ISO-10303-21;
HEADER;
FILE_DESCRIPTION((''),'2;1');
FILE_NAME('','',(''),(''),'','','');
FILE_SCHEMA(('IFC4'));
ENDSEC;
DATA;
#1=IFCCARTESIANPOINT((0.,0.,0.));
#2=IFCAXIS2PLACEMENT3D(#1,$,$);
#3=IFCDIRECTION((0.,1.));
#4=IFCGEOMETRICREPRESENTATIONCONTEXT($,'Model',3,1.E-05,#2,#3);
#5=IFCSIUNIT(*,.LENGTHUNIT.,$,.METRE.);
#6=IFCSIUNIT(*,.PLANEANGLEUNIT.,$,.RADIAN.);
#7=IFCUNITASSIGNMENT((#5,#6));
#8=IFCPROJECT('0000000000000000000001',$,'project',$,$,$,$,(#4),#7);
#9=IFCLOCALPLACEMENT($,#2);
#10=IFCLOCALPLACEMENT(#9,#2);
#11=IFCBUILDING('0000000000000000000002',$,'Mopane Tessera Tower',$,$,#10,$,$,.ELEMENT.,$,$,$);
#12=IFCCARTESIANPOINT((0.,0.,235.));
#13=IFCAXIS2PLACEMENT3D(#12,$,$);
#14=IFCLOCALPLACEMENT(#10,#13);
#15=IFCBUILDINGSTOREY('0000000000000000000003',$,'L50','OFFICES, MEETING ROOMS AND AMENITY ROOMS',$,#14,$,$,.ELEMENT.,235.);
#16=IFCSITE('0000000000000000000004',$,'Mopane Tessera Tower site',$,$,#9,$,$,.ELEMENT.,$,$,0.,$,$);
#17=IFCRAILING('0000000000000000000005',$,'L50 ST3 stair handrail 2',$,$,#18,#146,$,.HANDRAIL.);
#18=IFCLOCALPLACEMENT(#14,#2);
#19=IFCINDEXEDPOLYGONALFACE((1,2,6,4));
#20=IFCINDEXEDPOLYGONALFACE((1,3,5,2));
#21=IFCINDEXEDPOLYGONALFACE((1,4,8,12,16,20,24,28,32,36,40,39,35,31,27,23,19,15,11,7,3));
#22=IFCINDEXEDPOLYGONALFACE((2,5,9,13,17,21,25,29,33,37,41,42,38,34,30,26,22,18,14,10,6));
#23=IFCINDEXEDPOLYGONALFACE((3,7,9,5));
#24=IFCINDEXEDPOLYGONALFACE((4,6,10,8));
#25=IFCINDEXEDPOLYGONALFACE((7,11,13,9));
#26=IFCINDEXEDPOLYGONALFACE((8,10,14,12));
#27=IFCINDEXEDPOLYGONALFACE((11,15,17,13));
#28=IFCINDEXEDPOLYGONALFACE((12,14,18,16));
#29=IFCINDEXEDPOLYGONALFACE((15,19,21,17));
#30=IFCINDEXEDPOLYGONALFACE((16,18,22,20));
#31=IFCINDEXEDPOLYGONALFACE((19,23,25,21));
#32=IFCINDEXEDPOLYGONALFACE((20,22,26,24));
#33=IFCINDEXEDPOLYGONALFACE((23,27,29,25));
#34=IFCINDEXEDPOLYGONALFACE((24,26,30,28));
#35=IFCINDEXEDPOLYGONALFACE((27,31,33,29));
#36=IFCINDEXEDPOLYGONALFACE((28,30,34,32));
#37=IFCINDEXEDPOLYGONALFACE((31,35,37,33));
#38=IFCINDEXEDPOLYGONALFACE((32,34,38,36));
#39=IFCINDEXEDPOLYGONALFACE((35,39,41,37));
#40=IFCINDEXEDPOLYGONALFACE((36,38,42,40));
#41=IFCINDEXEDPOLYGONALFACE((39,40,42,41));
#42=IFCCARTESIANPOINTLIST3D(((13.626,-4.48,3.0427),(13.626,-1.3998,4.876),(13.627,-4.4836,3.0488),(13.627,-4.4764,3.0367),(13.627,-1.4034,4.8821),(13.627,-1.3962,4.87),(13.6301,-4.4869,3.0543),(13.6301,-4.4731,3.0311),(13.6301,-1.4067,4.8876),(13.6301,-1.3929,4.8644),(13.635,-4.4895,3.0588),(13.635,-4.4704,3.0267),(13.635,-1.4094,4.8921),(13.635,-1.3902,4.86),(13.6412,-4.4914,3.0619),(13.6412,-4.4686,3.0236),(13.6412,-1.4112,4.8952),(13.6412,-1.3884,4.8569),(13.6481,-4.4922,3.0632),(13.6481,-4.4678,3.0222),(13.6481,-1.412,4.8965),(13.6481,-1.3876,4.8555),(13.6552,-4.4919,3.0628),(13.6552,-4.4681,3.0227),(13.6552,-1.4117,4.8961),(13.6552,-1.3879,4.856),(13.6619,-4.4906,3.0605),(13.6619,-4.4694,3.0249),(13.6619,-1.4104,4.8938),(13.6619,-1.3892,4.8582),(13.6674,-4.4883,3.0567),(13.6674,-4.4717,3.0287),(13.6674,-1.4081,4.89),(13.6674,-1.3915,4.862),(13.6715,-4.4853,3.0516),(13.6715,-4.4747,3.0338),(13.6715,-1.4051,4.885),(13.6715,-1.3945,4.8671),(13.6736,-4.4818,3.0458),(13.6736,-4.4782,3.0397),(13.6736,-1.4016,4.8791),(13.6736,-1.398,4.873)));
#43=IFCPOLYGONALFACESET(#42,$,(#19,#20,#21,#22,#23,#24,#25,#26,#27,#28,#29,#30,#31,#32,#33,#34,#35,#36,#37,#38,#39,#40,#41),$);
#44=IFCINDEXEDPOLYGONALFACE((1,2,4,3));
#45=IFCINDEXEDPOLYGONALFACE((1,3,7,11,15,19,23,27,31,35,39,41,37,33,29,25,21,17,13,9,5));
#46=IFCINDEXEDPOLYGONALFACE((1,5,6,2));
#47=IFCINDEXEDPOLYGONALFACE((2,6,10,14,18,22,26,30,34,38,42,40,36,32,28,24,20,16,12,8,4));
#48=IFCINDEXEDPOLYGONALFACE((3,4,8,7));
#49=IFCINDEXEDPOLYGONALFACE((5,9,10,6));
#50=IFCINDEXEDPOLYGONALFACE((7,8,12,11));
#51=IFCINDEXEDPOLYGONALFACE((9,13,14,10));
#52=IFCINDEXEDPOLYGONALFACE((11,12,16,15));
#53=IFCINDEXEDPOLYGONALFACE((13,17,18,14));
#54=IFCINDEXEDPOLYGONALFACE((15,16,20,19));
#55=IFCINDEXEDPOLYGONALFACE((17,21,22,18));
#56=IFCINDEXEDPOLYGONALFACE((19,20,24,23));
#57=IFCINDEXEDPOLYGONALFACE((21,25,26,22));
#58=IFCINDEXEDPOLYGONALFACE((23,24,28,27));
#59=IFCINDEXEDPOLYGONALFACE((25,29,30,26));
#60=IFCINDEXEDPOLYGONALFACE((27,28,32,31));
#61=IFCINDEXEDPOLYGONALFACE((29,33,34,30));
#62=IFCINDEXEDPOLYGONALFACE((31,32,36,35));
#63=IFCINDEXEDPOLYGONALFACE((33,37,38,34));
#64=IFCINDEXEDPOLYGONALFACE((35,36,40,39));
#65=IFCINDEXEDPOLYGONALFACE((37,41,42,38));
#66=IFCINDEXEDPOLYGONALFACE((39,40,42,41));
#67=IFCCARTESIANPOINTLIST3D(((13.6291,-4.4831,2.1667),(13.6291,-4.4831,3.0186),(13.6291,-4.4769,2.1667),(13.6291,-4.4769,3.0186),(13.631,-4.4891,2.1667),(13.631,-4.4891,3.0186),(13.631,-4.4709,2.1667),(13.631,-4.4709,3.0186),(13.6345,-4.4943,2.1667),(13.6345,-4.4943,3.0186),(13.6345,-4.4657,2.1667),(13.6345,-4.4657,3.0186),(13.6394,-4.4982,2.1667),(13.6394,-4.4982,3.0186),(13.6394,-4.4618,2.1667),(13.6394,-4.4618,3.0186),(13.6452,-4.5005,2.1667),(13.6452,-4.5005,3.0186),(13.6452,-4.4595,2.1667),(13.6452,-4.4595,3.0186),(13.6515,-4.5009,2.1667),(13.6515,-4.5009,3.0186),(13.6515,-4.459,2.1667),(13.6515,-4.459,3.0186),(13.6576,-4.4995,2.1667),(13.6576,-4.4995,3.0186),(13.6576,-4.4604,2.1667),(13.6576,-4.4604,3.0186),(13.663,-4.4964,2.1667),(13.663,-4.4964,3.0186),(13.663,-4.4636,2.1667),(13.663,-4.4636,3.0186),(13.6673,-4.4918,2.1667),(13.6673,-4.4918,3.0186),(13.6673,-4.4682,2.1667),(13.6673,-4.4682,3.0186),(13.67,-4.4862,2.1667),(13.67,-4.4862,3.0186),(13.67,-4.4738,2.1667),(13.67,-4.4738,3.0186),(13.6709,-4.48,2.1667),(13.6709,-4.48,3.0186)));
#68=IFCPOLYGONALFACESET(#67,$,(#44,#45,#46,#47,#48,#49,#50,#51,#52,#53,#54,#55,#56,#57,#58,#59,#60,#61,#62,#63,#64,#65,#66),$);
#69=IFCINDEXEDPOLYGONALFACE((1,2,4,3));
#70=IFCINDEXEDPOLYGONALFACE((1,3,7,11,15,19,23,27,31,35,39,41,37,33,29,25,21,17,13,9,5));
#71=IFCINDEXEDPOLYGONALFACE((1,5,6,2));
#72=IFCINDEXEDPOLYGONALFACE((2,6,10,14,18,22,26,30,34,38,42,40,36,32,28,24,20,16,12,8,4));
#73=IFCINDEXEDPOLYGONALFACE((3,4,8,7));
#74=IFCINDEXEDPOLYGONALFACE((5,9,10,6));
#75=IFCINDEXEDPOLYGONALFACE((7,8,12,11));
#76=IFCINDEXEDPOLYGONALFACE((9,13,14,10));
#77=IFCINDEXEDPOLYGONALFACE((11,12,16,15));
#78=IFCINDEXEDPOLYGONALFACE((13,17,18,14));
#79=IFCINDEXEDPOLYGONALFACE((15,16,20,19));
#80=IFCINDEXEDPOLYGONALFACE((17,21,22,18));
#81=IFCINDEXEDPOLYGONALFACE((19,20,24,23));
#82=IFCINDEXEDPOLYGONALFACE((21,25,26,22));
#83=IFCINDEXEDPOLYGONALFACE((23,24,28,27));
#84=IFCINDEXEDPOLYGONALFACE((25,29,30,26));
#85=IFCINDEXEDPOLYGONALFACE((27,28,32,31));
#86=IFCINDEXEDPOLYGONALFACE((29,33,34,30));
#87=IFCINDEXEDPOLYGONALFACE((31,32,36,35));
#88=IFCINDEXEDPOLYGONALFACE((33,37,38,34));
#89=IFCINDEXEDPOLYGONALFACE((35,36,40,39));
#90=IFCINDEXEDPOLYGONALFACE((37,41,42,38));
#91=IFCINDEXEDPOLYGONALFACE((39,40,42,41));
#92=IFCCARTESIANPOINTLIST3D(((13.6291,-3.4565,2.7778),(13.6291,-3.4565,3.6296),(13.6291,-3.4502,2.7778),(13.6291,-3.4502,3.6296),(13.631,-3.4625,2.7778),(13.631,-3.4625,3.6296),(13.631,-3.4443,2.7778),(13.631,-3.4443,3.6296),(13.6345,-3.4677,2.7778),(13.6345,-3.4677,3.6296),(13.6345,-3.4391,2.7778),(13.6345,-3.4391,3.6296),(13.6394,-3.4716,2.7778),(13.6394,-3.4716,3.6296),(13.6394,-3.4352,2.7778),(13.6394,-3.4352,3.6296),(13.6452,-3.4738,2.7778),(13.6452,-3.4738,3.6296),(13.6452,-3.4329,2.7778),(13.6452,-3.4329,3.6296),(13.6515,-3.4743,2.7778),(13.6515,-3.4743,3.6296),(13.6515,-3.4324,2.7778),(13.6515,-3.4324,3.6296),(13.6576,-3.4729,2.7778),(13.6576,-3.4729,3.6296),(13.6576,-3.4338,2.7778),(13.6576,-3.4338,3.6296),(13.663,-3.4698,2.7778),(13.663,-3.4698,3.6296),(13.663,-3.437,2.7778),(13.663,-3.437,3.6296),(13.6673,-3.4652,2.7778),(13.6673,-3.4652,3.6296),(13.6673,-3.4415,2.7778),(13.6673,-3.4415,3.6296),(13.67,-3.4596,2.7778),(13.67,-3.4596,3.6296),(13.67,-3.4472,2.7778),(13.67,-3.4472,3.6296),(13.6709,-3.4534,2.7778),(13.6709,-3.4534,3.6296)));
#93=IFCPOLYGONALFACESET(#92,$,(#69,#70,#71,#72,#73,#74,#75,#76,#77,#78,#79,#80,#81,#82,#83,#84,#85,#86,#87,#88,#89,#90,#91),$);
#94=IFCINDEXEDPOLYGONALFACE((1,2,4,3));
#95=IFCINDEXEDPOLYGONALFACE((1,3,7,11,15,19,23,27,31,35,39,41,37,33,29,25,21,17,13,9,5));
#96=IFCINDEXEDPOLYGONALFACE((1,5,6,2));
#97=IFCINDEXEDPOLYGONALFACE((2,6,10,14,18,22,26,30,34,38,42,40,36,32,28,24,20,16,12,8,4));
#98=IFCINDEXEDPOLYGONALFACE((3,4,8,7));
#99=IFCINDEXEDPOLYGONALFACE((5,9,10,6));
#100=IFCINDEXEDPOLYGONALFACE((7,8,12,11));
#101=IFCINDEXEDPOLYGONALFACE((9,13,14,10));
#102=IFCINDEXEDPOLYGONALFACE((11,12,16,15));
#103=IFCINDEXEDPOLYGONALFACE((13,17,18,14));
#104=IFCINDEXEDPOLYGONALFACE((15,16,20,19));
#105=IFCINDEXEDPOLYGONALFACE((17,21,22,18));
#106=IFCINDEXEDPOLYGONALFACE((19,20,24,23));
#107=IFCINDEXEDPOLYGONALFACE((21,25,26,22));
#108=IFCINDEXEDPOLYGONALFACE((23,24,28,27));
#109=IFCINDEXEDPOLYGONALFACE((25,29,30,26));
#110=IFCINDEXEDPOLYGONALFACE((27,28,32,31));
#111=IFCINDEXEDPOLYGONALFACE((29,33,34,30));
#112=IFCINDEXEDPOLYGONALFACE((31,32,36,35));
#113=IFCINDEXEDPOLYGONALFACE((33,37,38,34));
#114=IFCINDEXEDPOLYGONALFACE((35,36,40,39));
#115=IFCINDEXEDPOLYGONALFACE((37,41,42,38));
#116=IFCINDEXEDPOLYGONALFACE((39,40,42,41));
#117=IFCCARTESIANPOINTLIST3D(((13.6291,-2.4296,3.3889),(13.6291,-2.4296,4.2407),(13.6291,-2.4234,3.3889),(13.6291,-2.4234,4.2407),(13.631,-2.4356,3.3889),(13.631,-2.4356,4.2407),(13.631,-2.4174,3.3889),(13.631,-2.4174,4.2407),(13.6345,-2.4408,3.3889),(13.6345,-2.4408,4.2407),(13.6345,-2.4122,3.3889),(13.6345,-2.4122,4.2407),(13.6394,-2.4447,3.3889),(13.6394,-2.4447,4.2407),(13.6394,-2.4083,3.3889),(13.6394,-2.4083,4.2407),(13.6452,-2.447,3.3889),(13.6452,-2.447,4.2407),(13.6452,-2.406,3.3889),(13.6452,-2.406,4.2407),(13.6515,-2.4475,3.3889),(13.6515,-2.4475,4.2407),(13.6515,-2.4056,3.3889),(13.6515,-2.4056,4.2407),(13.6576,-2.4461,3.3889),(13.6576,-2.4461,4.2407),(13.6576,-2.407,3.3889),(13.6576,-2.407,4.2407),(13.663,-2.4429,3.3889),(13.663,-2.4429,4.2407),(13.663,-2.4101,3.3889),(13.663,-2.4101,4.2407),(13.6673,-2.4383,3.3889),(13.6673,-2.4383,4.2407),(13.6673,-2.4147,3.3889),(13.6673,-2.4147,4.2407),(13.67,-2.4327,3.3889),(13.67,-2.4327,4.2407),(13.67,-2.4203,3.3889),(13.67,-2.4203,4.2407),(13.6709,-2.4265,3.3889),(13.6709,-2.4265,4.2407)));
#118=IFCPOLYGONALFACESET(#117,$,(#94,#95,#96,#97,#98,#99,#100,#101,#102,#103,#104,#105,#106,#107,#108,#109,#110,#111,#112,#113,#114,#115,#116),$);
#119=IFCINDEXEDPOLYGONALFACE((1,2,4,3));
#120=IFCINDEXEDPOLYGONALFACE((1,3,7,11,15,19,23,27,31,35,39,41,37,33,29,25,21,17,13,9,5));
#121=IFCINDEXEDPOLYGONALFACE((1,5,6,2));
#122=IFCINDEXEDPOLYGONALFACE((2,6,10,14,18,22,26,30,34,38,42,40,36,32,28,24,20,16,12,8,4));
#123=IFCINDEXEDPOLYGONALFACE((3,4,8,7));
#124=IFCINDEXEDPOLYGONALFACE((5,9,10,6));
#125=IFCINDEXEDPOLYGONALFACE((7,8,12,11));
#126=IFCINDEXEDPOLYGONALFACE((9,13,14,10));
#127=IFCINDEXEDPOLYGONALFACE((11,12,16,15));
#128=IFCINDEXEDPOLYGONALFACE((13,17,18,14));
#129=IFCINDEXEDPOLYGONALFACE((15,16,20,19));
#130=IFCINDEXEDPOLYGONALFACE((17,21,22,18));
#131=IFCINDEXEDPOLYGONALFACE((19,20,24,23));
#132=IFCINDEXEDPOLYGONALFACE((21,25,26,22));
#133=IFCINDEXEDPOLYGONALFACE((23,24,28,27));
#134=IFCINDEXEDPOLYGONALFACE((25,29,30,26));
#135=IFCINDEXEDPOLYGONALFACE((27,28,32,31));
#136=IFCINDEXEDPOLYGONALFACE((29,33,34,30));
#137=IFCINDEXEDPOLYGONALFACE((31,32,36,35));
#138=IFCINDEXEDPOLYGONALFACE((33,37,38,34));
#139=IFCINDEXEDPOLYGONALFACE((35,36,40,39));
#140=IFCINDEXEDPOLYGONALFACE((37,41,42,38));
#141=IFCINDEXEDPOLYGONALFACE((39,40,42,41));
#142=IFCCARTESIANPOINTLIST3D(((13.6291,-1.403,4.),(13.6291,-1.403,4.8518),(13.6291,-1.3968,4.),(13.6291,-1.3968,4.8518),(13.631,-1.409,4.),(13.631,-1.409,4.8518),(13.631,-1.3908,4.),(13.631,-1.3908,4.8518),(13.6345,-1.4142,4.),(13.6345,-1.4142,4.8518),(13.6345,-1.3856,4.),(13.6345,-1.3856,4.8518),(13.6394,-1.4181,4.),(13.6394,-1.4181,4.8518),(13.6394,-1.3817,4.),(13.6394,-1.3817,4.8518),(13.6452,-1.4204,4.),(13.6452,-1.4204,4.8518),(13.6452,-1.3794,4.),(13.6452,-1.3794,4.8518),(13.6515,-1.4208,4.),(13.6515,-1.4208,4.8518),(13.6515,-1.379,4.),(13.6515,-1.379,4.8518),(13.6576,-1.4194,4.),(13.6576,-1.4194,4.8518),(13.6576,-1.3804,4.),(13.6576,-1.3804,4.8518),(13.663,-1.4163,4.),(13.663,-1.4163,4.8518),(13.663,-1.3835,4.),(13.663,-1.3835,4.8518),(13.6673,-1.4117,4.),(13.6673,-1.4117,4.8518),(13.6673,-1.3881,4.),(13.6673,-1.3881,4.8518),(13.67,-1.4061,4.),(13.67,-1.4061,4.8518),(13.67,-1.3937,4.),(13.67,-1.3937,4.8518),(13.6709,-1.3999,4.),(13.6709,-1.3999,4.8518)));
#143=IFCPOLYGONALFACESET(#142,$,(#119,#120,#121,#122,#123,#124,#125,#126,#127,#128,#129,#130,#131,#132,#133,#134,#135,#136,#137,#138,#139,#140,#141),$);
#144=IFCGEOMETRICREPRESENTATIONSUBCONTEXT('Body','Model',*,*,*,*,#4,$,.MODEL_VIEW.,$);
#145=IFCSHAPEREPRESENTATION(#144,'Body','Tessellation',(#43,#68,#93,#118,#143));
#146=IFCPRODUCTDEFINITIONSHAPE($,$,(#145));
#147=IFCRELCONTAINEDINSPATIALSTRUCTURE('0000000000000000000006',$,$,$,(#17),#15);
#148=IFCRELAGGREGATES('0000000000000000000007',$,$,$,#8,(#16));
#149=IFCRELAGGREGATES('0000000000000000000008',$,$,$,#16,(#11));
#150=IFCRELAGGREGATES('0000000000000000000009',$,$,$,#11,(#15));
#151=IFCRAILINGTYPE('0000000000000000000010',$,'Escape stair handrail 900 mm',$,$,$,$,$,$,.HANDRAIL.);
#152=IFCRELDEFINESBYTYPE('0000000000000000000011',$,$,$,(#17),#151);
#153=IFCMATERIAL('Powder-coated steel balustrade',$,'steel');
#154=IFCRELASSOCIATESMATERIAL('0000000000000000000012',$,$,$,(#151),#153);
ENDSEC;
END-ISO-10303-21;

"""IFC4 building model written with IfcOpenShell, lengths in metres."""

from ifc_helpers import new_model, si_unit, direction, frame, origin, origin_2d, place, context, subcontext, project, spatial, circle, extrude, material, type_object, element, save


model = new_model("IFC4")

# Units and contexts
model_context = context("Model", 3, precision=1e-05, world=origin(), true_north=direction((0.0, 1.0)))
body_context = subcontext(model_context, "Body", "Model", "MODEL_VIEW")
ifc_project = project(units=[si_unit("LENGTHUNIT", "METRE"), si_unit("PLANEANGLEUNIT", "RADIAN")], contexts=[model_context])

# Site, building, storey
site_placement = place(None, origin())
site = spatial("IfcSite", under=ifc_project, at=site_placement, Name="Mopane Tessera Tower site", CompositionType="ELEMENT", RefElevation=0.0)
building_placement = place(site_placement, origin())
building = spatial("IfcBuilding", under=site, at=building_placement, Name="Mopane Tessera Tower", CompositionType="ELEMENT")
storey_placement = place(building_placement, frame((0.0, 0.0, 235.0)))
storey = spatial("IfcBuildingStorey", under=building, at=storey_placement, Name="L50", Description="OFFICES, MEETING ROOMS AND AMENITY ROOMS", CompositionType="ELEMENT", Elevation=235.0)

# Railing
ifc_material_1 = material(Name="Powder-coated steel balustrade", Category="steel")
railing_type_1 = type_object("IfcRailingType", Name="Escape stair handrail 900 mm", PredefinedType="HANDRAIL", material=ifc_material_1)
railing_1_placement = place(storey_placement, frame((13.6499, -4.48, 2.1667)))
element("IfcRailing", 1, at=railing_1_placement, inside=storey, type_object=railing_type_1, Name="L50 ST3 stair handrail 2", PredefinedType="HANDRAIL", context=body_context, shape_type="SweptSolid", body=[
    extrude(circle(Radius=0.0239, at=origin_2d()), frame((0.0, 0.0, 0.876), z_axis=(0.0, 0.859309, 0.511458), x_axis=(-1.0, 0.0, 0.0)), (0.0, 0.0, 1.0), 3.5845),
    extrude(circle(Radius=0.021, at=origin_2d()), origin(), (0.0, 0.0, 1.0), 0.8518),
    extrude(circle(Radius=0.021, at=origin_2d()), frame((0.0, 1.0266, 0.6111)), (0.0, 0.0, 1.0), 0.8518),
    extrude(circle(Radius=0.021, at=origin_2d()), frame((0.0, 2.0535, 1.2222)), (0.0, 0.0, 1.0), 0.8518),
    extrude(circle(Radius=0.021, at=origin_2d()), frame((0.0, 3.0801, 1.8333)), (0.0, 0.0, 1.0), 0.8518),
])

save(model, "model.ifc")
